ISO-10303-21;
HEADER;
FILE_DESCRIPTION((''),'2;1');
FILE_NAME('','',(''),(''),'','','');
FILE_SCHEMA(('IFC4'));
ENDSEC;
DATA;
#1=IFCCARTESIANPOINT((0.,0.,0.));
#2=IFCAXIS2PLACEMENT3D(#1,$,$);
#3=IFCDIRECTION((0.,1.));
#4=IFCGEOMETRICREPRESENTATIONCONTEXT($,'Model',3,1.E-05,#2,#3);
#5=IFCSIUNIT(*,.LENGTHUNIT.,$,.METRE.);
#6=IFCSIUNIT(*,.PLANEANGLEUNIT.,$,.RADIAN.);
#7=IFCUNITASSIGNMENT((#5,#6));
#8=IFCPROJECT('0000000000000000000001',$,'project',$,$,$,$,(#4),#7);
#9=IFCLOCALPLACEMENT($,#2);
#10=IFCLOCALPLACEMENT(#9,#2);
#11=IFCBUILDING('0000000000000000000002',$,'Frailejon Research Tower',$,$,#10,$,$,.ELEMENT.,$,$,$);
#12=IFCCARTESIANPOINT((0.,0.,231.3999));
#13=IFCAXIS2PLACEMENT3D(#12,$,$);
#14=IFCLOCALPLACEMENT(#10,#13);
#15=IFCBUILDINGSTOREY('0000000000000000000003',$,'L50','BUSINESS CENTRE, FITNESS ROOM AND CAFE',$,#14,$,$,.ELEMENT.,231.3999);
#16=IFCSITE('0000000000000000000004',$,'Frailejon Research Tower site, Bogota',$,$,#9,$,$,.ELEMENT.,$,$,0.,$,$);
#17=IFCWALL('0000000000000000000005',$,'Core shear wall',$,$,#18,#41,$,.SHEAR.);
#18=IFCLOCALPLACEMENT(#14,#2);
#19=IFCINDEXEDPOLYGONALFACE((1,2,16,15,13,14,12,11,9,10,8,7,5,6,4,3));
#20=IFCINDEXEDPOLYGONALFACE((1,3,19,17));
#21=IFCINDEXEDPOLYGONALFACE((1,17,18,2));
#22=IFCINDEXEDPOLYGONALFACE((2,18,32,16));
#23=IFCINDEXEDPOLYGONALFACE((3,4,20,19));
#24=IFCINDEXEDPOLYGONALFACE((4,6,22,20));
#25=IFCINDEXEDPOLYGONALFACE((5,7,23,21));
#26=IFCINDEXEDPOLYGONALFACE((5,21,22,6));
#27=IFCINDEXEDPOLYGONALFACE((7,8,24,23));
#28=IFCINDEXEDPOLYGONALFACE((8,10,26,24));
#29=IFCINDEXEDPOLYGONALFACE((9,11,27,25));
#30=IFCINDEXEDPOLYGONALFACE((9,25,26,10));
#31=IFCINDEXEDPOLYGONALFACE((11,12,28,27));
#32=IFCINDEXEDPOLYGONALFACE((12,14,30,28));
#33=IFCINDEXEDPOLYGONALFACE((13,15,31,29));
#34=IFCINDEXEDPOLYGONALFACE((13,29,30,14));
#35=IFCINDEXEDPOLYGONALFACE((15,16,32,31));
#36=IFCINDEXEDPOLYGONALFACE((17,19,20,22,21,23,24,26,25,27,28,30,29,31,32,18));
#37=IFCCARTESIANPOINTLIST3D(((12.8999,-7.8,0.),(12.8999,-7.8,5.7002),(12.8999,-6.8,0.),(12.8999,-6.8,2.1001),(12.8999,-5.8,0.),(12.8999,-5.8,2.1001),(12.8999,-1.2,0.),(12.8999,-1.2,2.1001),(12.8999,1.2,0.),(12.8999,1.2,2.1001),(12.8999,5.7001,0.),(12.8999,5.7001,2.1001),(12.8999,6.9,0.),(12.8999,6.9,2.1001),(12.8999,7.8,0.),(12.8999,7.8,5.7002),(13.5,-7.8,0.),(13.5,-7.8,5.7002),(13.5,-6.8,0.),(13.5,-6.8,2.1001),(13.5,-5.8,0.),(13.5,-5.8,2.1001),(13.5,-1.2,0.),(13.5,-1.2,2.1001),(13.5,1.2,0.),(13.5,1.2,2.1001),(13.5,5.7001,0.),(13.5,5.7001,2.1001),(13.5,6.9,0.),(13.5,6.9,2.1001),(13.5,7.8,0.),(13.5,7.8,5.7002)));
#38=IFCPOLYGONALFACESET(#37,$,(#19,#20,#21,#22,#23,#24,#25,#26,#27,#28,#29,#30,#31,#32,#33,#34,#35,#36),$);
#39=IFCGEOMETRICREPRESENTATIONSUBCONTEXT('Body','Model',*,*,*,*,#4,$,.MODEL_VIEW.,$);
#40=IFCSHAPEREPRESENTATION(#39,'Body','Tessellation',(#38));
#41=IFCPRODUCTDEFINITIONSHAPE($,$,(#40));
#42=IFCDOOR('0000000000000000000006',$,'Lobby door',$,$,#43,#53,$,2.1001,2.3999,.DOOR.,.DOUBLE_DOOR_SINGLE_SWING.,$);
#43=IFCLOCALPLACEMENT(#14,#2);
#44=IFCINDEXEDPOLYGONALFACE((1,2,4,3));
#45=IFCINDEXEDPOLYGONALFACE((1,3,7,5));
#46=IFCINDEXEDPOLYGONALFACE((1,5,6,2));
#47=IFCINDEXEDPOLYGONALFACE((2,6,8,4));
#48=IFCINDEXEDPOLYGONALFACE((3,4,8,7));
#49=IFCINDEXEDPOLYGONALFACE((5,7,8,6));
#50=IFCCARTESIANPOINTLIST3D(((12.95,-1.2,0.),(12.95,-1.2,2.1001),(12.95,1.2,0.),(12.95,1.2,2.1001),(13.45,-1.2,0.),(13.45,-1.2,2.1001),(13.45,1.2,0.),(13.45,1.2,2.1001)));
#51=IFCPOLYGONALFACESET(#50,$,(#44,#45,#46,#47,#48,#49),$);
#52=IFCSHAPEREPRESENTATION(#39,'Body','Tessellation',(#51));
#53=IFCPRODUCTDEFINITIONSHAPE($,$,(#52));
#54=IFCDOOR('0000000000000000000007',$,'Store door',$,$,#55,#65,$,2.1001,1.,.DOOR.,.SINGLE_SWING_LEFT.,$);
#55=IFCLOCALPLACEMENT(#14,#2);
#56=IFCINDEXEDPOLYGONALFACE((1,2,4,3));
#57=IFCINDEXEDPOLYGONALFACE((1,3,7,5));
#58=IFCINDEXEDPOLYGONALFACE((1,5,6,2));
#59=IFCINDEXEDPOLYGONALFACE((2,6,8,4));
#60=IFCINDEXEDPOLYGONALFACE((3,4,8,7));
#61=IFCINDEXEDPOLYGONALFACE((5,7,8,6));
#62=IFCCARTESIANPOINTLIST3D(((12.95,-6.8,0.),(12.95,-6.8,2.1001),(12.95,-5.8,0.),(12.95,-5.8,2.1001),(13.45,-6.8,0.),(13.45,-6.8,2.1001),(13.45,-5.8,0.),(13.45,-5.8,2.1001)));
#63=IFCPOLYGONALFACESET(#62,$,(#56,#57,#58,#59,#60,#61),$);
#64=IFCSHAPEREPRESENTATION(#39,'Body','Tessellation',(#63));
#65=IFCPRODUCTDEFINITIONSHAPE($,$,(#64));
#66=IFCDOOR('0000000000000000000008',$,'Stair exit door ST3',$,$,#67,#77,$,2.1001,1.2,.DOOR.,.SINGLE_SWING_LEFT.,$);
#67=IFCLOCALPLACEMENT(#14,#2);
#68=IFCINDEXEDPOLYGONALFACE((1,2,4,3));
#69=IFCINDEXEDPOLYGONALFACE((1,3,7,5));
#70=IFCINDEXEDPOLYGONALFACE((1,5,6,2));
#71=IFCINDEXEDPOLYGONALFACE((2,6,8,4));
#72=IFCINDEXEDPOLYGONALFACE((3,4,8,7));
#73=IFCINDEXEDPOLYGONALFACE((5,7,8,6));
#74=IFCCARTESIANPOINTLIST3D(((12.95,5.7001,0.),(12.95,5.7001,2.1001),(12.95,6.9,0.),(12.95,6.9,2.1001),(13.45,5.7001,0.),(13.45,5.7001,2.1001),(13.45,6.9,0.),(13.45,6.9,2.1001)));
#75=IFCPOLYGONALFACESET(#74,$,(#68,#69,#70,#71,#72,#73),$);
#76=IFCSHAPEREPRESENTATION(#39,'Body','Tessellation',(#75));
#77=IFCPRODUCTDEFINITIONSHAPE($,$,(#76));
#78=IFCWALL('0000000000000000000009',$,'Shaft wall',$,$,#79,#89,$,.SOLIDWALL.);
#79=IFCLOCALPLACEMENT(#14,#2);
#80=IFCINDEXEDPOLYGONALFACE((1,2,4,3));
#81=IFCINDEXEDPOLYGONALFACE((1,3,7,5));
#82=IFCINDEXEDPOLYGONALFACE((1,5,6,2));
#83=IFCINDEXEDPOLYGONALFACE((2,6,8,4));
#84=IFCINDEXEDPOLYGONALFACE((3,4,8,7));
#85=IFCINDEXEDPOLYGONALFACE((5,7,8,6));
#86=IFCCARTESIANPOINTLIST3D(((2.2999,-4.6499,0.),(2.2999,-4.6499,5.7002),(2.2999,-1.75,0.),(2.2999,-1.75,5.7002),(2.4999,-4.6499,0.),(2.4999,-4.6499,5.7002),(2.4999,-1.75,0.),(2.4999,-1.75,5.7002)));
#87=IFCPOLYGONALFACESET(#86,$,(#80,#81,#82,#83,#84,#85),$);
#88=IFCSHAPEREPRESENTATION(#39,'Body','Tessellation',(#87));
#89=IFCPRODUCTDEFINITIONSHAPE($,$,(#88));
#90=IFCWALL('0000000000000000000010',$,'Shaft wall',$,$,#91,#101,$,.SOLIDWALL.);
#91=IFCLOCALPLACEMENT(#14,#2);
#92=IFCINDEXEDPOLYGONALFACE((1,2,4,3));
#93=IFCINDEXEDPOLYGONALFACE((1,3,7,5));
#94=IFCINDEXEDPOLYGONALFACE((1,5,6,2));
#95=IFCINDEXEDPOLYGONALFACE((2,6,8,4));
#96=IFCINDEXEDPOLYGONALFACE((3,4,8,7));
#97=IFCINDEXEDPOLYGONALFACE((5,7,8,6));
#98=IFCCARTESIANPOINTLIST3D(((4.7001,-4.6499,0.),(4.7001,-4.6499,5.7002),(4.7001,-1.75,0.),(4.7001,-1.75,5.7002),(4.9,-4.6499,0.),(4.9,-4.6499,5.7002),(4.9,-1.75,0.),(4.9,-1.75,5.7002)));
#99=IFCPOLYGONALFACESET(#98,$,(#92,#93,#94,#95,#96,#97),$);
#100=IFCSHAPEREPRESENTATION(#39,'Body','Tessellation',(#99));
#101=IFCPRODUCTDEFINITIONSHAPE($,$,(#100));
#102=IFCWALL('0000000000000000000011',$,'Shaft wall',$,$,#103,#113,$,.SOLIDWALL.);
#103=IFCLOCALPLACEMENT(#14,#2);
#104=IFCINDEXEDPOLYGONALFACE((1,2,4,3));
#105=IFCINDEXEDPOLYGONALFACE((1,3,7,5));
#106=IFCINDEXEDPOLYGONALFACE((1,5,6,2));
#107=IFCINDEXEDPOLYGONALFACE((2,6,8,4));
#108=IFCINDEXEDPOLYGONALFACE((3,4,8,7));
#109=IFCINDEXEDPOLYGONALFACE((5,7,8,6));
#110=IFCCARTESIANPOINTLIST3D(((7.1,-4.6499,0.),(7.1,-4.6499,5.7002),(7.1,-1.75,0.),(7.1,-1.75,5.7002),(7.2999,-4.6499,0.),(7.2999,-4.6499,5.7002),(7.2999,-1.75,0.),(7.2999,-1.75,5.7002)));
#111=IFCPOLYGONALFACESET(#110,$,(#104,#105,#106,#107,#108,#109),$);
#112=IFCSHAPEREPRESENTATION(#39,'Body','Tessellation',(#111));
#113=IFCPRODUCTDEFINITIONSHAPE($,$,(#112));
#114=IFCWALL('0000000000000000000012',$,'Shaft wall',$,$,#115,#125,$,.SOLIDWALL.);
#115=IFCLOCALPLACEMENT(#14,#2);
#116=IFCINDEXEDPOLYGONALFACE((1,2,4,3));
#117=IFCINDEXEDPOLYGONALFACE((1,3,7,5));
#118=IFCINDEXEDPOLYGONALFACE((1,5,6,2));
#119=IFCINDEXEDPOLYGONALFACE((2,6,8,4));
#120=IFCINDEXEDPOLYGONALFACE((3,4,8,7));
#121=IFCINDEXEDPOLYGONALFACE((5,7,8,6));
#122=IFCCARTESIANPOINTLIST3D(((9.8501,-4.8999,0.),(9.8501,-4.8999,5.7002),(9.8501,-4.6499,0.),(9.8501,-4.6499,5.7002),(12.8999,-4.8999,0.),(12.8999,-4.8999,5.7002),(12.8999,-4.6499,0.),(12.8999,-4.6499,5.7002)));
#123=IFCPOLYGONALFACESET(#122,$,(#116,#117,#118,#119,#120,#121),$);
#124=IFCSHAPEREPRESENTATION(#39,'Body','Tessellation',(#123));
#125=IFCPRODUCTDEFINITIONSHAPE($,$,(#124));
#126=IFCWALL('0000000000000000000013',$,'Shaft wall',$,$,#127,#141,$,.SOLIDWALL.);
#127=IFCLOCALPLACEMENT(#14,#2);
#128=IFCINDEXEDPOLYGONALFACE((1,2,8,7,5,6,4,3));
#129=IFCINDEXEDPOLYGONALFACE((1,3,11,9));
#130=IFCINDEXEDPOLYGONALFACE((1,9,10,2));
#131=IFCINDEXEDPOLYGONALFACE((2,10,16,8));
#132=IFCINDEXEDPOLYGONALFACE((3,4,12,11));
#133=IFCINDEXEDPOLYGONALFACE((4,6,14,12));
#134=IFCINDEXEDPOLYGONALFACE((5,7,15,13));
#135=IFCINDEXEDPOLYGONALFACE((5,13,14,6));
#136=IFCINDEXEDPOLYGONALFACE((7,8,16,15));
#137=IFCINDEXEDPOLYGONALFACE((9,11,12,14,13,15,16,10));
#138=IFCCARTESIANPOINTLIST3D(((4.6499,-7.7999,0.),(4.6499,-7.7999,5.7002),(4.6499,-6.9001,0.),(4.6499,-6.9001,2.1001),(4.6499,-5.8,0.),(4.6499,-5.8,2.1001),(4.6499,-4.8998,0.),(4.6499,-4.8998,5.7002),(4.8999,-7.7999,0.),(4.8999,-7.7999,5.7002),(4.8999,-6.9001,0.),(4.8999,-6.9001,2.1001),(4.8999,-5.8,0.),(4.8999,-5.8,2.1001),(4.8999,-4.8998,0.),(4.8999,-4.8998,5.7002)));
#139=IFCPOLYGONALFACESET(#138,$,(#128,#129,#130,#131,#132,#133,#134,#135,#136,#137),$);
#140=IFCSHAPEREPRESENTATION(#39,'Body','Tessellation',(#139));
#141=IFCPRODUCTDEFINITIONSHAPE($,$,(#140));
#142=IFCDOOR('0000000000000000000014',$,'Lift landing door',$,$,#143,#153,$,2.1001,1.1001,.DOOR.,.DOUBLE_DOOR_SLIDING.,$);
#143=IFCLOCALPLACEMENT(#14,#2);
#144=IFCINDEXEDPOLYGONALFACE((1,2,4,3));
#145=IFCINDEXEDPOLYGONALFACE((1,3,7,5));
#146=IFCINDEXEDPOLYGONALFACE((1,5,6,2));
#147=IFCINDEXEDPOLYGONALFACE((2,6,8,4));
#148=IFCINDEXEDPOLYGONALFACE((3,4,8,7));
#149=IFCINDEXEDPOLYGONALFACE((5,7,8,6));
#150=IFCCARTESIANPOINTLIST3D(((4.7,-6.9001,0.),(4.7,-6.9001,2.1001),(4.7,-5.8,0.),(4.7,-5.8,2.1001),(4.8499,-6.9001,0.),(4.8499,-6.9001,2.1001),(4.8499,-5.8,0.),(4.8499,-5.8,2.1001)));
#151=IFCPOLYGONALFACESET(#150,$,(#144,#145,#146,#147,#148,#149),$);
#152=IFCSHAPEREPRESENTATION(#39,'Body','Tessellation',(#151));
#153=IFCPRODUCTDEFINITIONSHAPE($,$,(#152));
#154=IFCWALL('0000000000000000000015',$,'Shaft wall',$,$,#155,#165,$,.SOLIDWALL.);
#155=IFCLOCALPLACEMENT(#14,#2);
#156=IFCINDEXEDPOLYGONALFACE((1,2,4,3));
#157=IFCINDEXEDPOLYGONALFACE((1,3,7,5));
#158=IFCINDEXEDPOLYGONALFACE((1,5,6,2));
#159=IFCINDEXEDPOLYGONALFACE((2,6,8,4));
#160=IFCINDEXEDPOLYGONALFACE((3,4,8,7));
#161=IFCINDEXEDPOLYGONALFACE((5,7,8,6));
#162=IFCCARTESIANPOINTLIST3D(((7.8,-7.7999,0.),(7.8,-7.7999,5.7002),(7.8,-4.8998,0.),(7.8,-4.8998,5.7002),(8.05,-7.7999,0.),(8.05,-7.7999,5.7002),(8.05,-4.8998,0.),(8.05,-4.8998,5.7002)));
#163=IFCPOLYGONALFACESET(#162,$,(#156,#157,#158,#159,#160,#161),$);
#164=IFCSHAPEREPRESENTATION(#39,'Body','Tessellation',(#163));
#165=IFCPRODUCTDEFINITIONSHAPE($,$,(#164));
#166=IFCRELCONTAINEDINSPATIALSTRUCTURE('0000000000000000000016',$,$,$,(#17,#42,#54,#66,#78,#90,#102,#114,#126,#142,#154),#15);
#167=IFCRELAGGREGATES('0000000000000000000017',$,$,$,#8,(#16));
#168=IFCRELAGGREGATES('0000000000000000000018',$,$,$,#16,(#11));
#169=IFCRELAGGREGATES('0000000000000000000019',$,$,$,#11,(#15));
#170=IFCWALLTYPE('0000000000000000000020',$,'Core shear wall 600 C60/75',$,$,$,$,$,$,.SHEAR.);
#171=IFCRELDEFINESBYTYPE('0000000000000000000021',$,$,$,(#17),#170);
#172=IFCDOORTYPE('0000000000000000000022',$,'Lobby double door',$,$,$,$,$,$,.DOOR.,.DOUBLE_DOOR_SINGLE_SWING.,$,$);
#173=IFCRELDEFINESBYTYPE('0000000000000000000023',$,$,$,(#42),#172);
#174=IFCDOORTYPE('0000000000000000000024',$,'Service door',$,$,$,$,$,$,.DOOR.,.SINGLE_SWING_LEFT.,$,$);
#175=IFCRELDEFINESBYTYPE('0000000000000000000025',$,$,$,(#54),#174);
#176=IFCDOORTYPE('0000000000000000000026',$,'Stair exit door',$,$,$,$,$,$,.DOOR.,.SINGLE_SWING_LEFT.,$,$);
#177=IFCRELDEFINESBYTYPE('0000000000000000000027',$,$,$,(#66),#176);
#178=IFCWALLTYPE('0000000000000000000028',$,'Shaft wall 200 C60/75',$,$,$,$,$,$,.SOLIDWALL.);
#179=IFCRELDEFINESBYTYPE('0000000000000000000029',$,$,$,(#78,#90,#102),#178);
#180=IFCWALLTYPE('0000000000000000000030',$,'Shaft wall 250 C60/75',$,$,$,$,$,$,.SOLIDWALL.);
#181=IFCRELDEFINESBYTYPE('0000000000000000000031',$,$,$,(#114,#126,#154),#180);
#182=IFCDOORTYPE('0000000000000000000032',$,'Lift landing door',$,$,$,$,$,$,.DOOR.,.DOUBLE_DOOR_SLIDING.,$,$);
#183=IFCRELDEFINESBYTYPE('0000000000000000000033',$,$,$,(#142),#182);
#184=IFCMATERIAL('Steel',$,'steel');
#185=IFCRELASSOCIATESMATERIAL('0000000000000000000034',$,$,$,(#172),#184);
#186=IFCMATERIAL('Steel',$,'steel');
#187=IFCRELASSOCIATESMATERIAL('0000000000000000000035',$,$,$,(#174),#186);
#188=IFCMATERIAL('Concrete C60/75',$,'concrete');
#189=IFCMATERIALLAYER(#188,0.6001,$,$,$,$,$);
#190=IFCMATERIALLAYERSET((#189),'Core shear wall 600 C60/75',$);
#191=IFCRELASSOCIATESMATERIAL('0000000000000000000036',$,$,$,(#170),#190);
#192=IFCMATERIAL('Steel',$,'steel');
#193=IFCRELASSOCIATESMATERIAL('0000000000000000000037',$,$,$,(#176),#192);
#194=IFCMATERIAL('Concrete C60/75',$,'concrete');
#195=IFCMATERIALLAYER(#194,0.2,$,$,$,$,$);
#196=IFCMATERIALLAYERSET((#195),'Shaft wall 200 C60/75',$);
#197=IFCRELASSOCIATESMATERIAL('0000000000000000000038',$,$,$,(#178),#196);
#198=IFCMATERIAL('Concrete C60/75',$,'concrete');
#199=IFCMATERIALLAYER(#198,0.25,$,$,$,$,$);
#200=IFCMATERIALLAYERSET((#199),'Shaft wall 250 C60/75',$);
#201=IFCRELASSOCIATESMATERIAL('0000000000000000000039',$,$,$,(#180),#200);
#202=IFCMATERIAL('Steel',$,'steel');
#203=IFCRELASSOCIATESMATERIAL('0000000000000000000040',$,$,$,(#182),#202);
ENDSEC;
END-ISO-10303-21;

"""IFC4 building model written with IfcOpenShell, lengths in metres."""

from ifc_helpers import new_model, si_unit, direction, frame, frame_2d, origin, place, context, subcontext, project, spatial, rectangle, extrude, material, layer, layer_set, type_object, element, fill, save


model = new_model("IFC4")

# Units and contexts
model_context = context("Model", 3, precision=1e-05, world=origin(), true_north=direction((0.0, 1.0)))
body_context = subcontext(model_context, "Body", "Model", "MODEL_VIEW")
ifc_project = project(units=[si_unit("LENGTHUNIT", "METRE"), si_unit("PLANEANGLEUNIT", "RADIAN")], contexts=[model_context])

# Site, building, storey
site_placement = place(None, origin())
site = spatial("IfcSite", under=ifc_project, at=site_placement, Name="Frailejon Research Tower site, Bogota", CompositionType="ELEMENT", RefElevation=0.0)
building_placement = place(site_placement, origin())
building = spatial("IfcBuilding", under=site, at=building_placement, Name="Frailejon Research Tower", CompositionType="ELEMENT")
storey_placement = place(building_placement, frame((0.0, 0.0, 231.3999)))
storey = spatial("IfcBuildingStorey", under=building, at=storey_placement, Name="L50", Description="BUSINESS CENTRE, FITNESS ROOM AND CAFE", CompositionType="ELEMENT", Elevation=231.3999)

# Wall, openings, doors
ifc_material_1 = material(Name="Steel", Category="steel")
door_type_1 = type_object("IfcDoorType", Name="Lobby double door", OperationType="DOUBLE_DOOR_SINGLE_SWING", PredefinedType="DOOR", material=ifc_material_1)
ifc_material_2 = material(Name="Steel", Category="steel")
door_type_2 = type_object("IfcDoorType", Name="Service door", OperationType="SINGLE_SWING_LEFT", PredefinedType="DOOR", material=ifc_material_2)
ifc_material_3 = material(Name="Concrete C60/75", Category="concrete")
ifc_layer_1 = layer(ifc_material_3, 0.6001)
ifc_layer_set_1 = layer_set([ifc_layer_1], Name="Core shear wall 600 C60/75")
wall_type_1 = type_object("IfcWallType", Name="Core shear wall 600 C60/75", PredefinedType="SHEAR", material=ifc_layer_set_1)
wall_1_placement = place(storey_placement, frame((13.2, -7.8, 0.0), z_axis=(0.0, 0.0, 1.0), x_axis=(0.0, 1.0, 0.0)))
wall_1 = element("IfcWall", 1, at=wall_1_placement, inside=storey, type_object=wall_type_1, Name="Core shear wall", PredefinedType="SHEAR", context=body_context, shape_type="SweptSolid", body=[
    extrude(rectangle(XDim=15.6001, YDim=0.6001, at=frame_2d((7.8, 0.0))), origin(), (0.0, 0.0, 1.0), 5.7002),
])
opening_1_placement = place(wall_1_placement, frame((6.6001, 0.0, 0.0)))
opening_1 = element("IfcOpeningElement", 2, at=opening_1_placement, cuts=wall_1, PredefinedType="OPENING", context=body_context, shape_type="SweptSolid", body=[
    extrude(rectangle(XDim=2.3999, YDim=2.1001, at=frame_2d((1.2, 1.05))), frame((0.0, 0.3101, 0.0), z_axis=(0.0, -1.0, 0.0), x_axis=(1.0, 0.0, 0.0)), (0.0, 0.0, 1.0), 0.6201),
])
opening_2_placement = place(wall_1_placement, frame((13.5, 0.0, 0.0)))
opening_2 = element("IfcOpeningElement", 3, at=opening_2_placement, cuts=wall_1, PredefinedType="OPENING", context=body_context, shape_type="SweptSolid", body=[
    extrude(rectangle(XDim=1.2, YDim=2.1001, at=frame_2d((0.6001, 1.05))), frame((0.0, 0.3101, 0.0), z_axis=(0.0, -1.0, 0.0), x_axis=(1.0, 0.0, 0.0)), (0.0, 0.0, 1.0), 0.6201),
])
opening_3_placement = place(wall_1_placement, frame((1.0, 0.0, 0.0)))
opening_3 = element("IfcOpeningElement", 4, at=opening_3_placement, cuts=wall_1, PredefinedType="OPENING", context=body_context, shape_type="SweptSolid", body=[
    extrude(rectangle(XDim=1.0, YDim=2.1001, at=frame_2d((0.5, 1.05))), frame((0.0, 0.3101, 0.0), z_axis=(0.0, -1.0, 0.0), x_axis=(1.0, 0.0, 0.0)), (0.0, 0.0, 1.0), 0.6201),
])
door_1_placement = place(opening_1_placement, origin())
door_1 = element("IfcDoor", 5, at=door_1_placement, inside=storey, type_object=door_type_1, Name="Lobby door", OperationType="DOUBLE_DOOR_SINGLE_SWING", OverallHeight=2.1001, OverallWidth=2.3999, PredefinedType="DOOR", context=body_context, shape_type="SweptSolid", body=[
    extrude(rectangle(XDim=2.3999, YDim=2.1001, at=frame_2d((1.2, 1.05))), frame((0.0, 0.25, 0.0), z_axis=(0.0, -1.0, 0.0), x_axis=(1.0, 0.0, 0.0)), (0.0, 0.0, 1.0), 0.5),
])
fill(opening_1, door_1)
door_2_placement = place(opening_3_placement, origin())
door_2 = element("IfcDoor", 6, at=door_2_placement, inside=storey, type_object=door_type_2, Name="Store door", OperationType="SINGLE_SWING_LEFT", OverallHeight=2.1001, OverallWidth=1.0, PredefinedType="DOOR", context=body_context, shape_type="SweptSolid", body=[
    extrude(rectangle(XDim=1.0, YDim=2.1001, at=frame_2d((0.5, 1.05))), frame((0.0, 0.25, 0.0), z_axis=(0.0, -1.0, 0.0), x_axis=(1.0, 0.0, 0.0)), (0.0, 0.0, 1.0), 0.5),
])
fill(opening_3, door_2)
ifc_material_4 = material(Name="Steel", Category="steel")
door_type_3 = type_object("IfcDoorType", Name="Stair exit door", OperationType="SINGLE_SWING_LEFT", PredefinedType="DOOR", material=ifc_material_4)
door_3_placement = place(opening_2_placement, origin())
door_3 = element("IfcDoor", 7, at=door_3_placement, inside=storey, type_object=door_type_3, Name="Stair exit door ST3", OperationType="SINGLE_SWING_LEFT", OverallHeight=2.1001, OverallWidth=1.2, PredefinedType="DOOR", context=body_context, shape_type="SweptSolid", body=[
    extrude(rectangle(XDim=1.2, YDim=2.1001, at=frame_2d((0.6001, 1.05))), frame((0.0, 0.25, 0.0), z_axis=(0.0, -1.0, 0.0), x_axis=(1.0, 0.0, 0.0)), (0.0, 0.0, 1.0), 0.5),
])
fill(opening_2, door_3)

# Walls
ifc_material_5 = material(Name="Concrete C60/75", Category="concrete")
ifc_layer_2 = layer(ifc_material_5, 0.2)
ifc_layer_set_2 = layer_set([ifc_layer_2], Name="Shaft wall 200 C60/75")
wall_type_2 = type_object("IfcWallType", Name="Shaft wall 200 C60/75", PredefinedType="SOLIDWALL", material=ifc_layer_set_2)
for number, where, z_axis, x_axis, name in (
    (8, (2.3999, -4.6499, 0.0), (0.0, 0.0, 1.0), (0.0, 1.0, 0.0), "Shaft wall"),
    (9, (4.8, -4.6499, 0.0), (0.0, 0.0, 1.0), (0.0, 1.0, 0.0), "Shaft wall"),
    (10, (7.2, -4.6499, 0.0), (0.0, 0.0, 1.0), (0.0, 1.0, 0.0), "Shaft wall"),
):
    element("IfcWall", number, at=place(storey_placement, frame(where, z_axis=z_axis, x_axis=x_axis)), inside=storey, type_object=wall_type_2, Name=name, PredefinedType="SOLIDWALL", context=body_context, shape_type="SweptSolid", body=[
        extrude(rectangle(XDim=2.8999, YDim=0.2, at=frame_2d((1.45, 0.0))), origin(), (0.0, 0.0, 1.0), 5.7002),
    ])
ifc_material_6 = material(Name="Concrete C60/75", Category="concrete")
ifc_layer_3 = layer(ifc_material_6, 0.25)
ifc_layer_set_3 = layer_set([ifc_layer_3], Name="Shaft wall 250 C60/75")
wall_type_3 = type_object("IfcWallType", Name="Shaft wall 250 C60/75", PredefinedType="SOLIDWALL", material=ifc_layer_set_3)
wall_2_placement = place(storey_placement, frame((9.8501, -4.7749, 0.0), z_axis=(0.0, 0.0, 1.0), x_axis=(1.0, 0.0, 0.0)))
element("IfcWall", 11, at=wall_2_placement, inside=storey, type_object=wall_type_3, Name="Shaft wall", PredefinedType="SOLIDWALL", context=body_context, shape_type="SweptSolid", body=[
    extrude(rectangle(XDim=3.0498, YDim=0.25, at=frame_2d((1.5249, 0.0))), origin(), (0.0, 0.0, 1.0), 5.7002),
])

# Wall, opening, door
wall_3_placement = place(storey_placement, frame((4.7749, -7.8, 0.0), z_axis=(0.0, 0.0, 1.0), x_axis=(0.0, 1.0, 0.0)))
wall_3 = element("IfcWall", 12, at=wall_3_placement, inside=storey, type_object=wall_type_3, Name="Shaft wall", PredefinedType="SOLIDWALL", context=body_context, shape_type="SweptSolid", body=[
    extrude(rectangle(XDim=2.9001, YDim=0.25, at=frame_2d((1.4502, 0.0))), origin(), (0.0, 0.0, 1.0), 5.7002),
])
opening_4_placement = place(wall_3_placement, frame((0.8999, 0.0, 0.0)))
opening_4 = element("IfcOpeningElement", 13, at=opening_4_placement, cuts=wall_3, PredefinedType="OPENING", context=body_context, shape_type="SweptSolid", body=[
    extrude(rectangle(XDim=1.1001, YDim=2.1001, at=frame_2d((0.55, 1.05))), frame((0.0, 0.135, 0.0), z_axis=(0.0, -1.0, 0.0), x_axis=(1.0, 0.0, 0.0)), (0.0, 0.0, 1.0), 0.27),
])
ifc_material_7 = material(Name="Steel", Category="steel")
door_type_4 = type_object("IfcDoorType", Name="Lift landing door", OperationType="DOUBLE_DOOR_SLIDING", PredefinedType="DOOR", material=ifc_material_7)
door_4_placement = place(opening_4_placement, origin())
door_4 = element("IfcDoor", 14, at=door_4_placement, inside=storey, type_object=door_type_4, Name="Lift landing door", OperationType="DOUBLE_DOOR_SLIDING", OverallHeight=2.1001, OverallWidth=1.1001, PredefinedType="DOOR", context=body_context, shape_type="SweptSolid", body=[
    extrude(rectangle(XDim=1.1001, YDim=2.1001, at=frame_2d((0.55, 1.05))), frame((0.0, 0.075, 0.0), z_axis=(0.0, -1.0, 0.0), x_axis=(1.0, 0.0, 0.0)), (0.0, 0.0, 1.0), 0.1499),
])
fill(opening_4, door_4)

# Wall
wall_4_placement = place(storey_placement, frame((7.925, -7.8, 0.0), z_axis=(0.0, 0.0, 1.0), x_axis=(0.0, 1.0, 0.0)))
element("IfcWall", 15, at=wall_4_placement, inside=storey, type_object=wall_type_3, Name="Shaft wall", PredefinedType="SOLIDWALL", context=body_context, shape_type="SweptSolid", body=[
    extrude(rectangle(XDim=2.9001, YDim=0.25, at=frame_2d((1.4502, 0.0))), origin(), (0.0, 0.0, 1.0), 5.7002),
])

save(model, "model.ifc")
